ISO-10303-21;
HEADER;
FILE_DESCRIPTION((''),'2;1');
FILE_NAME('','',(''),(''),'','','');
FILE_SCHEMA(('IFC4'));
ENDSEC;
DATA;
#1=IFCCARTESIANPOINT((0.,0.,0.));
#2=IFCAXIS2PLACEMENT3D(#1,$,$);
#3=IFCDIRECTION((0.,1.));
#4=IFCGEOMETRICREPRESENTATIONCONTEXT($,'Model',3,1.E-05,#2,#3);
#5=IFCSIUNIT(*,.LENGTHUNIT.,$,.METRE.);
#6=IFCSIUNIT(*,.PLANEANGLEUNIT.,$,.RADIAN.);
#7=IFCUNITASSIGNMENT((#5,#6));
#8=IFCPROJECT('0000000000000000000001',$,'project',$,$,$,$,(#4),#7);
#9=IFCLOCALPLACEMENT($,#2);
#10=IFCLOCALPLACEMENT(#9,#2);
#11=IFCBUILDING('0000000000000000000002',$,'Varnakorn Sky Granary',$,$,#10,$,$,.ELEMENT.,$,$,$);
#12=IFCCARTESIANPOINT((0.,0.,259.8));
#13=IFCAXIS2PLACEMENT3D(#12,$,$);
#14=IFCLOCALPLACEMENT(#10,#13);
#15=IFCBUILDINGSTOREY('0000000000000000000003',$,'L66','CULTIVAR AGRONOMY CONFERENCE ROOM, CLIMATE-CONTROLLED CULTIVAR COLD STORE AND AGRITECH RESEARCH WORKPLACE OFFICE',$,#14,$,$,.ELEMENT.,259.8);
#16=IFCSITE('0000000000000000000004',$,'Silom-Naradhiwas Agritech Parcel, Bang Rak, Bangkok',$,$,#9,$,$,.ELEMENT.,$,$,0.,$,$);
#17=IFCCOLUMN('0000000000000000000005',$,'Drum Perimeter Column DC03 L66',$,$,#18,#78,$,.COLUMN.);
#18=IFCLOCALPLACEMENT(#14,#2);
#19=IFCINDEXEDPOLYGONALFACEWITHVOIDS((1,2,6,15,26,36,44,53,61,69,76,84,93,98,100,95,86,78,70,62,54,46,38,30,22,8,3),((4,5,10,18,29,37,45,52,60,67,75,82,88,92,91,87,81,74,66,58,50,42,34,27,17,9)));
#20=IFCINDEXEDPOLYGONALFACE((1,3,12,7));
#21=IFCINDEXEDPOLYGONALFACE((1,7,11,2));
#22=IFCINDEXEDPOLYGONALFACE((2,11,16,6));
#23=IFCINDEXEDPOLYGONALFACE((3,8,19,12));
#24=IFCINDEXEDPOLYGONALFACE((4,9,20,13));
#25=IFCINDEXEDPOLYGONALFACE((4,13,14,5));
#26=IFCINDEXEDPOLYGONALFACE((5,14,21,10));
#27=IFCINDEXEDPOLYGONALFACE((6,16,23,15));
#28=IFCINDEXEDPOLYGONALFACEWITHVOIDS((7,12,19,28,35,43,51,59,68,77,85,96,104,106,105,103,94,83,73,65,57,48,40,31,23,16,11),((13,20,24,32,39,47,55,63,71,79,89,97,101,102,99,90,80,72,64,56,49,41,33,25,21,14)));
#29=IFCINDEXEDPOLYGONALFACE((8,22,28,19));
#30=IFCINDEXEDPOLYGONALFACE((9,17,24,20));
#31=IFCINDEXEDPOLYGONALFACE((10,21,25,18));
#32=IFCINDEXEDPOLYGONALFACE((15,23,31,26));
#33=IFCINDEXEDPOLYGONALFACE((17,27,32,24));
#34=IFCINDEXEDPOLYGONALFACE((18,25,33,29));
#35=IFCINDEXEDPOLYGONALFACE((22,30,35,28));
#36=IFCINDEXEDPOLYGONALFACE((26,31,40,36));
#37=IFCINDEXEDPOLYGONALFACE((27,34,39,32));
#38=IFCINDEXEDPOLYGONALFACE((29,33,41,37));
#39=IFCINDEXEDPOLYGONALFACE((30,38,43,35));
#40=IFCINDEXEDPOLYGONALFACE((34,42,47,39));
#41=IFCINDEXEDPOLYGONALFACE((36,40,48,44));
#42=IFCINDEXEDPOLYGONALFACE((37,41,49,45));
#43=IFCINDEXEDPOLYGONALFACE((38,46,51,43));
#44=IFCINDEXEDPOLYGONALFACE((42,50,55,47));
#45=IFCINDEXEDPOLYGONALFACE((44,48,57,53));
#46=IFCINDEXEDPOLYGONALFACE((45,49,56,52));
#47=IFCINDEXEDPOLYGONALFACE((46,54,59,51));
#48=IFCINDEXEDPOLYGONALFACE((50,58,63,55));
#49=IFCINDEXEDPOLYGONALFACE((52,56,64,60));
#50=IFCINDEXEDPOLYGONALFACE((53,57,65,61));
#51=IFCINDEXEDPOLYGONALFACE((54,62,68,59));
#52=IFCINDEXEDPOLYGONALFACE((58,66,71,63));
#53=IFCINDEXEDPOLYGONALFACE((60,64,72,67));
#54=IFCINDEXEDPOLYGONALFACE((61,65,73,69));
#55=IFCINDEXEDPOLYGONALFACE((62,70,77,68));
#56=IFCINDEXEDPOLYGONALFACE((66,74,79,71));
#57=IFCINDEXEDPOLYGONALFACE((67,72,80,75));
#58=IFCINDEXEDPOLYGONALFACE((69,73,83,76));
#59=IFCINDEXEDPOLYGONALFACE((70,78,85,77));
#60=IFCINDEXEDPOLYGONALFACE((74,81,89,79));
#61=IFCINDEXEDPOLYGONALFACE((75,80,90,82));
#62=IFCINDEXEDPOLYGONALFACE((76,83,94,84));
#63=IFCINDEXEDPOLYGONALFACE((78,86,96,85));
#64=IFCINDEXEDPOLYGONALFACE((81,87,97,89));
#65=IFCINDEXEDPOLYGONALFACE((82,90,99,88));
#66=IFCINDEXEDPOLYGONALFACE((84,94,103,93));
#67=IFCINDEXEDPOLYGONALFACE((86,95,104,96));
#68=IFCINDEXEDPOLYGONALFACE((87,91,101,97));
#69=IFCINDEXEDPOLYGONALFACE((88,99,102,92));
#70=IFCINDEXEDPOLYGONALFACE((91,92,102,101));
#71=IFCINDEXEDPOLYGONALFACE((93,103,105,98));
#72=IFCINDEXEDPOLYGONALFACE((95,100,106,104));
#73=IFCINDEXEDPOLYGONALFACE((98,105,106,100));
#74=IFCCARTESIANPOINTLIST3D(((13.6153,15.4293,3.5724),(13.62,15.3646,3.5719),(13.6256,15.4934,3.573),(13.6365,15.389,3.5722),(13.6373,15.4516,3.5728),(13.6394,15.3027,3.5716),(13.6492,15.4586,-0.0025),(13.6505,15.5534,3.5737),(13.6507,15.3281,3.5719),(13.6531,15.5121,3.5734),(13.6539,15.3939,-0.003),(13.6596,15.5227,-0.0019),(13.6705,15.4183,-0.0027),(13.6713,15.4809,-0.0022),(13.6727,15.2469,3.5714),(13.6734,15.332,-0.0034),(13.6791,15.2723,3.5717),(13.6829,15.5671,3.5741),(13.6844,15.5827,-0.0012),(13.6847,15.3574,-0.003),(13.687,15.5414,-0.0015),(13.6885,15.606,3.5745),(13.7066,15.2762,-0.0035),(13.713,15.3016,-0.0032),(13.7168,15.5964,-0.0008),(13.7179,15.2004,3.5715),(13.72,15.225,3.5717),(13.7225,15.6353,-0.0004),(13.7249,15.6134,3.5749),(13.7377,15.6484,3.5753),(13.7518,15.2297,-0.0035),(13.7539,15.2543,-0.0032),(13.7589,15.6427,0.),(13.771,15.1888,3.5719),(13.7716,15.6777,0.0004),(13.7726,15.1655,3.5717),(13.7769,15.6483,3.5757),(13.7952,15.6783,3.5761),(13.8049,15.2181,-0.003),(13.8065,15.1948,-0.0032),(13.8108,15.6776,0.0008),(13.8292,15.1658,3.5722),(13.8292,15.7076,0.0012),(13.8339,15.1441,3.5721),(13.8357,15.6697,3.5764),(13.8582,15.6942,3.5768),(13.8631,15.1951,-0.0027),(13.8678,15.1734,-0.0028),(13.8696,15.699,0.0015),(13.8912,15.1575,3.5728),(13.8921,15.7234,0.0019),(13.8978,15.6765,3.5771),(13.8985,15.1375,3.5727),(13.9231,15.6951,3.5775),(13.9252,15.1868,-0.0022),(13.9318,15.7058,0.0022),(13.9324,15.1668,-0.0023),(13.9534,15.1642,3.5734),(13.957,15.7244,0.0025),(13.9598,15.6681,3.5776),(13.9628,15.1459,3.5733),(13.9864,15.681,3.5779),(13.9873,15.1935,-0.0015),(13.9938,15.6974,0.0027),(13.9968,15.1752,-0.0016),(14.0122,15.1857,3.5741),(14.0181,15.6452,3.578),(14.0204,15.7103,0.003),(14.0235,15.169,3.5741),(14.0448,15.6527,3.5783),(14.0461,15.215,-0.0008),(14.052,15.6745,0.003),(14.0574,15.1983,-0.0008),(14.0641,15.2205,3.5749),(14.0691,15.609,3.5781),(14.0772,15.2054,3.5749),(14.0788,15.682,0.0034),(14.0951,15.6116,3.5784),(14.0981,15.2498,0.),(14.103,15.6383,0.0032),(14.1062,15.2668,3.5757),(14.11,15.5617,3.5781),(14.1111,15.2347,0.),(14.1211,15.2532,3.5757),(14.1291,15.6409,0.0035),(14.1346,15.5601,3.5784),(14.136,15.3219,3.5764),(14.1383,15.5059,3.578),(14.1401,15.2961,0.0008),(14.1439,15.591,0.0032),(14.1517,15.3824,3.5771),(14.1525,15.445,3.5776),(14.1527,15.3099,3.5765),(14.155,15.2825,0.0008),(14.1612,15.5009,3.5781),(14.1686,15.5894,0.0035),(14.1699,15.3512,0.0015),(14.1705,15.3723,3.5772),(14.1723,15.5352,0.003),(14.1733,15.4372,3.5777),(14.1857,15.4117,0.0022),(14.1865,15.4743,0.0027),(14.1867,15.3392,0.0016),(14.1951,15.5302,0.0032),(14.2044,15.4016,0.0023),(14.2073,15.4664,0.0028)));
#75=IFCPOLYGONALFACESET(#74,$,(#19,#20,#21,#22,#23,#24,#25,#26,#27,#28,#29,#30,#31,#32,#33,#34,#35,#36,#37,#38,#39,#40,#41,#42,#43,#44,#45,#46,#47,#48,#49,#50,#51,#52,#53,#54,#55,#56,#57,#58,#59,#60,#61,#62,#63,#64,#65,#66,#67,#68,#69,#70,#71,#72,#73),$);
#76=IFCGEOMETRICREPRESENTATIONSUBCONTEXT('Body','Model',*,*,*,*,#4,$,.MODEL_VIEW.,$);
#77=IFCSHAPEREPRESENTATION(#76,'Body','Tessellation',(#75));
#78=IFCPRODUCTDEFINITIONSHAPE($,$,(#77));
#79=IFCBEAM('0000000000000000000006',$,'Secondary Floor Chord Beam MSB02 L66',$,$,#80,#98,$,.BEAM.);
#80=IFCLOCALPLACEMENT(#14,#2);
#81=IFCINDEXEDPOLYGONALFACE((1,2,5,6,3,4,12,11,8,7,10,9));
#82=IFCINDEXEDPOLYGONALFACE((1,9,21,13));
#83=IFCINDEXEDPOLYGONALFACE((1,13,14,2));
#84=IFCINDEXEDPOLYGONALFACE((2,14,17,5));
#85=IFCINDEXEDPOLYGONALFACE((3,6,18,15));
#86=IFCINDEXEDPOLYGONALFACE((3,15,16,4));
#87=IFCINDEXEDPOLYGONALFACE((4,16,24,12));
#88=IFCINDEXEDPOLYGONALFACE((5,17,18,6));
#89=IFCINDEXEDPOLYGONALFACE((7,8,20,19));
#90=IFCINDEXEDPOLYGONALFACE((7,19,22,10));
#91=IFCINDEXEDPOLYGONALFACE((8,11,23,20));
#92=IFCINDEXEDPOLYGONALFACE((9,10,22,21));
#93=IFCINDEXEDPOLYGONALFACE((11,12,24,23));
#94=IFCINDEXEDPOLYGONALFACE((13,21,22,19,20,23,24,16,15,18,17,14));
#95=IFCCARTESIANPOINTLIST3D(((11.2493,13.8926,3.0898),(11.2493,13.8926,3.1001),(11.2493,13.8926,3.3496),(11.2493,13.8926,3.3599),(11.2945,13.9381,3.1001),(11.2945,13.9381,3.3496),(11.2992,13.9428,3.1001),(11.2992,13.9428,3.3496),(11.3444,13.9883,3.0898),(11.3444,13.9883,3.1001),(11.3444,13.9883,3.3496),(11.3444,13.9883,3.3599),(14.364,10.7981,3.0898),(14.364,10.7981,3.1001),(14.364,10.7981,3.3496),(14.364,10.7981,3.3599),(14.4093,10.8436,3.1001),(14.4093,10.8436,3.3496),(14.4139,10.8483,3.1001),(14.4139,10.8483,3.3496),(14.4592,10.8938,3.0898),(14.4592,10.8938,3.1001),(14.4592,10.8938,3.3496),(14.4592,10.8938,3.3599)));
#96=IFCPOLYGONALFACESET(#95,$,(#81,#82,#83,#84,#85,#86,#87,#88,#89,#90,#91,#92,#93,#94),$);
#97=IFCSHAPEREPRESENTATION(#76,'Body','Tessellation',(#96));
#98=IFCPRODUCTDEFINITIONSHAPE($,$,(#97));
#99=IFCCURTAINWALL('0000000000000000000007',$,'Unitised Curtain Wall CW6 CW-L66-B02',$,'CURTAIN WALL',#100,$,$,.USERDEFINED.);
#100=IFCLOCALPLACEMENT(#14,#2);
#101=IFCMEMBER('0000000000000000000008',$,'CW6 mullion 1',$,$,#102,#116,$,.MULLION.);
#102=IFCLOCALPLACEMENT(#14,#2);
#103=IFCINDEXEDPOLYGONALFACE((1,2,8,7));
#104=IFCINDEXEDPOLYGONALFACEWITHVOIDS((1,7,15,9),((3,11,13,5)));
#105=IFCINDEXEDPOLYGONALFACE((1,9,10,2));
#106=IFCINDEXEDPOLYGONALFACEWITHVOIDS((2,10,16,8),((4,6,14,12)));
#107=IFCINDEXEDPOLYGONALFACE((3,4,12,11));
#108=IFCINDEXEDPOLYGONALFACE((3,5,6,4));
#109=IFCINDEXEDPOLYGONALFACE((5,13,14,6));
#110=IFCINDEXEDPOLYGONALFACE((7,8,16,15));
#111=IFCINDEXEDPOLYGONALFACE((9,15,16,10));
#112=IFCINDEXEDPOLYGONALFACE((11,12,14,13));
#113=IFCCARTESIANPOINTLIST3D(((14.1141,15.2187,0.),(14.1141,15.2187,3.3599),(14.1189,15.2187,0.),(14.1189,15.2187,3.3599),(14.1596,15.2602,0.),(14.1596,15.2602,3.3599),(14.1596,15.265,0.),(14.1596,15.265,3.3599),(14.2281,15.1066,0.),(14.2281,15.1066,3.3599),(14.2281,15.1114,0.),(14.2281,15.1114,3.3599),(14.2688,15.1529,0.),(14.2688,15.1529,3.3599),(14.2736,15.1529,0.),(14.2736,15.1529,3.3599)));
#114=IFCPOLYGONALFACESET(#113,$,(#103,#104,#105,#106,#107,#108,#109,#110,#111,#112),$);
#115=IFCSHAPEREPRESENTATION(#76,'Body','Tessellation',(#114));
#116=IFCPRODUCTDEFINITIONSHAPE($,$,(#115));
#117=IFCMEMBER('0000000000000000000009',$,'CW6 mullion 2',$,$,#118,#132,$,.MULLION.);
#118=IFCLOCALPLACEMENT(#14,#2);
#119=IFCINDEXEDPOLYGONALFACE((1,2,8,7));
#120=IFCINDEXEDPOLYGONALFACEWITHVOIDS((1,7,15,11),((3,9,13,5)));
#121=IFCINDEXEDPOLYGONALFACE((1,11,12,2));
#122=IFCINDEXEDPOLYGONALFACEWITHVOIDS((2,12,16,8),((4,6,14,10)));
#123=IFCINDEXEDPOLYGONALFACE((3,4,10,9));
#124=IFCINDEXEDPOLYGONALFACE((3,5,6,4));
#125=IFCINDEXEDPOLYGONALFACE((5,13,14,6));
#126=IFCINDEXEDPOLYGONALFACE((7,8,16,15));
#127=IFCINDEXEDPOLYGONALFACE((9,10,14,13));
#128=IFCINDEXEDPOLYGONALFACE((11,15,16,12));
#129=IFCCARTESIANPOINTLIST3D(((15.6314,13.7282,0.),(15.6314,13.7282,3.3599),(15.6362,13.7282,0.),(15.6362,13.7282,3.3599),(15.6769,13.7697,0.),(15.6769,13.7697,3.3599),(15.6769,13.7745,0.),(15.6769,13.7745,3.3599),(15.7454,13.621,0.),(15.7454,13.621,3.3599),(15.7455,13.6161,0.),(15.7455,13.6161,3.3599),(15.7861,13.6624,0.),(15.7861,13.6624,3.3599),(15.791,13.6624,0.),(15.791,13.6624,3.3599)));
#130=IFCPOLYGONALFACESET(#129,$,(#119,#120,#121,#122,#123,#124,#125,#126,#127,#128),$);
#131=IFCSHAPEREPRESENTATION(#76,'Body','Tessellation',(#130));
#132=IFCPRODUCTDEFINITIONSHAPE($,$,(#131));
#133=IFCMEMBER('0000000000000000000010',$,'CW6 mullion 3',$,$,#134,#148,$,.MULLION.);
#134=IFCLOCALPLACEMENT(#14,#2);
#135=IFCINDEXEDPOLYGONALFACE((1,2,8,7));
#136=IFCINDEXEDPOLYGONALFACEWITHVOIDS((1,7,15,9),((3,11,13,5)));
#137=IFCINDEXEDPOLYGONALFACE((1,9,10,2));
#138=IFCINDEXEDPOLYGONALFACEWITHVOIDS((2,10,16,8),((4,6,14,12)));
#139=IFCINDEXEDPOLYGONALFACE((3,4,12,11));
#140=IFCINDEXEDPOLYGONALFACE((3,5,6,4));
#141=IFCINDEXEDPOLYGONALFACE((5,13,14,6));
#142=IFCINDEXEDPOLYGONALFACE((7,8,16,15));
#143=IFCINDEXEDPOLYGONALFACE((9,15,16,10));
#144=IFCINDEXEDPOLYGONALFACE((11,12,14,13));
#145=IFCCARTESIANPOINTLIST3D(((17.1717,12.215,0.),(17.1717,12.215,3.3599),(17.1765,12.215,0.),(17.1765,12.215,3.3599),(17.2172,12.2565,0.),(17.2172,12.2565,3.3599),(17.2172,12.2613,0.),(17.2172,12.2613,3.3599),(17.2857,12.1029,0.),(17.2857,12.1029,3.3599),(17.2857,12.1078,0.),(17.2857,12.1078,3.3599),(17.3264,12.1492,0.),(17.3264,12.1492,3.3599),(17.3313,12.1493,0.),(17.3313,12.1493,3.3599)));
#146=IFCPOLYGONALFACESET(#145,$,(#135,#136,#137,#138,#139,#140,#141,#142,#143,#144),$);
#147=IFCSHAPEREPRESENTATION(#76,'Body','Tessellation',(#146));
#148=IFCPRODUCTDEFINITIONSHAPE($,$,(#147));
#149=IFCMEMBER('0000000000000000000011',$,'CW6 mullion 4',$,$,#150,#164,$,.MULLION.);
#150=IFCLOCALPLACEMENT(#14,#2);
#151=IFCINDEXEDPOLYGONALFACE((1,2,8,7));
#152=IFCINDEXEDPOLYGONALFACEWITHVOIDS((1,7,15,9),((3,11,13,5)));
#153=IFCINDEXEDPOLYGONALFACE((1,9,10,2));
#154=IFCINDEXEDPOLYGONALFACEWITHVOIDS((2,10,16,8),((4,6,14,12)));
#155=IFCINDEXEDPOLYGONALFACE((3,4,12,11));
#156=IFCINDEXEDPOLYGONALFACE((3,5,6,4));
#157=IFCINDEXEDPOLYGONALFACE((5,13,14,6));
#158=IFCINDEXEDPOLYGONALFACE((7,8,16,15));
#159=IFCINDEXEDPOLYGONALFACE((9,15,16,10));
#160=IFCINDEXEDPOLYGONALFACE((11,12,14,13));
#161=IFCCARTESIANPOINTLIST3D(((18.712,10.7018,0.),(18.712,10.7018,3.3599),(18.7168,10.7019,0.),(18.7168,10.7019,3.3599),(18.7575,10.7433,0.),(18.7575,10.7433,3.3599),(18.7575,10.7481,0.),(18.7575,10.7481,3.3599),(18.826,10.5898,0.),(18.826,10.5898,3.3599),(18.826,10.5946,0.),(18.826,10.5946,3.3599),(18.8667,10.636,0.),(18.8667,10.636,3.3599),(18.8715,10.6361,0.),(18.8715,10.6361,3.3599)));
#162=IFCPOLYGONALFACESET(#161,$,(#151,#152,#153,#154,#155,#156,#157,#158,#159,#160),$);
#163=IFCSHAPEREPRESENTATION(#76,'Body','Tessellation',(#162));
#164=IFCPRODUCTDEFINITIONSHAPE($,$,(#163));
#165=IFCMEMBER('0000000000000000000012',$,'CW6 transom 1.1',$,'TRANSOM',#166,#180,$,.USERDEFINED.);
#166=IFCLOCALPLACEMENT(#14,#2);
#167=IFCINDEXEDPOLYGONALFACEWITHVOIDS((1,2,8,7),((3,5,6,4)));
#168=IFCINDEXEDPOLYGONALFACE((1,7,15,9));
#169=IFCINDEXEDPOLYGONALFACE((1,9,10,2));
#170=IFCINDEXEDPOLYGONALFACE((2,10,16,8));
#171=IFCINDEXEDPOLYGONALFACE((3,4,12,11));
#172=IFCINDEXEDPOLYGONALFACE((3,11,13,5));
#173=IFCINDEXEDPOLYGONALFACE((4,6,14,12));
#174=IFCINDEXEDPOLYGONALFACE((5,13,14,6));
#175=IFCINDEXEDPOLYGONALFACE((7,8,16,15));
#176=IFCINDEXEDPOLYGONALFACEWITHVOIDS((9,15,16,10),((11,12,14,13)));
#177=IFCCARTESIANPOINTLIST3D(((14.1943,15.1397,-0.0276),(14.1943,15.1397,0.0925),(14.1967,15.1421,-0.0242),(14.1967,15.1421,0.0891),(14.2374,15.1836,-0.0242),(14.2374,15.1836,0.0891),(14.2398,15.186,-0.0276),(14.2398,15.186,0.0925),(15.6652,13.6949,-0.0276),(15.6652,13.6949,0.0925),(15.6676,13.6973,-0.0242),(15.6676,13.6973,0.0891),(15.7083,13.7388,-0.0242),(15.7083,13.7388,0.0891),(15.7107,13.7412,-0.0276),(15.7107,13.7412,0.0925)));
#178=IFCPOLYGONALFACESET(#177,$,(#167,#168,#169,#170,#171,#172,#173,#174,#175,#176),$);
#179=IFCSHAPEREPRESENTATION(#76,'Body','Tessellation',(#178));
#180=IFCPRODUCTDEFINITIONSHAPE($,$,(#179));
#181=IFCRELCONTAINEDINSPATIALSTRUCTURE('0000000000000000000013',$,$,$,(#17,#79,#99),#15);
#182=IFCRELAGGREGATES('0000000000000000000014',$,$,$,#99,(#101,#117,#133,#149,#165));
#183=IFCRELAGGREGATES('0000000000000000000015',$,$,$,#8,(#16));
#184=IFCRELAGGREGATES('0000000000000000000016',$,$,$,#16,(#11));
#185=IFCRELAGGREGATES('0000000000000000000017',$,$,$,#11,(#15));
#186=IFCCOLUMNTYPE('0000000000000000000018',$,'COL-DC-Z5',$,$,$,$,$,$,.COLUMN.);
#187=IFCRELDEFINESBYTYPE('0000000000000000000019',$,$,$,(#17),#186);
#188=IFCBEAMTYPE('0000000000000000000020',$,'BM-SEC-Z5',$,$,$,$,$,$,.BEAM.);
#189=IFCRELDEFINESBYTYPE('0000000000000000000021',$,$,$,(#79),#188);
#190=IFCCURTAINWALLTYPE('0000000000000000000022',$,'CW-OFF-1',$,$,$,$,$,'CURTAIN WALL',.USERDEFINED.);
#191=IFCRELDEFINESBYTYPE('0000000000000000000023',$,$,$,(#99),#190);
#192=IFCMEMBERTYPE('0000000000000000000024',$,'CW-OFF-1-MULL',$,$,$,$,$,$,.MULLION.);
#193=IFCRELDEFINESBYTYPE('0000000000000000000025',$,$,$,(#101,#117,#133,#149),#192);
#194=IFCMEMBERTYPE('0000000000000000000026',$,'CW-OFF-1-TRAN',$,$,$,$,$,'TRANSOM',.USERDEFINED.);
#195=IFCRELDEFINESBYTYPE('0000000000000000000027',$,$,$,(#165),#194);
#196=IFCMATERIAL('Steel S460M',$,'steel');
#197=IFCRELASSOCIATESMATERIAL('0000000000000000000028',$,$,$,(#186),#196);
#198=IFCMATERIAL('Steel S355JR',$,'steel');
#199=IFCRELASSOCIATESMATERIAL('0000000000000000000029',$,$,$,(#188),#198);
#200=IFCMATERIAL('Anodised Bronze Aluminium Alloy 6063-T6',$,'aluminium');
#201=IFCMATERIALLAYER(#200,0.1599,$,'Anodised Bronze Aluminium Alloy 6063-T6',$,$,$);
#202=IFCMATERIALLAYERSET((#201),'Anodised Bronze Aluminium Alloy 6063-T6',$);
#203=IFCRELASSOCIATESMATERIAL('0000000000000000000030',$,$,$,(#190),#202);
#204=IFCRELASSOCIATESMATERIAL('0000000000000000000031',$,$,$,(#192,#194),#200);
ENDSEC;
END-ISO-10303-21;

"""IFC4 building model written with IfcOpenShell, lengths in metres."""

from ifc_helpers import new_model, si_unit, direction, frame, origin, origin_2d, place, context, subcontext, project, spatial, hollow_rectangle, hollow_circle, i_section, extrude, material, layer, layer_set, material_profile, profile_set, type_object, element, aggregate, save


model = new_model("IFC4")

# Units and contexts
model_context = context("Model", 3, precision=1e-05, world=origin(), true_north=direction((0.0, 1.0)))
body_context = subcontext(model_context, "Body", "Model", "MODEL_VIEW")
ifc_project = project(units=[si_unit("LENGTHUNIT", "METRE"), si_unit("PLANEANGLEUNIT", "RADIAN")], contexts=[model_context])

# Site, building, storey
site_placement = place(None, origin())
site = spatial("IfcSite", under=ifc_project, at=site_placement, Name="Silom-Naradhiwas Agritech Parcel, Bang Rak, Bangkok", CompositionType="ELEMENT", RefElevation=0.0)
building_placement = place(site_placement, origin())
building = spatial("IfcBuilding", under=site, at=building_placement, Name="Varnakorn Sky Granary", CompositionType="ELEMENT")
storey_placement = place(building_placement, frame((0.0, 0.0, 259.8)))
storey = spatial("IfcBuildingStorey", under=building, at=storey_placement, Name="L66", Description="CULTIVAR AGRONOMY CONFERENCE ROOM, CLIMATE-CONTROLLED CULTIVAR COLD STORE AND AGRITECH RESEARCH WORKPLACE OFFICE", CompositionType="ELEMENT", Elevation=259.8)

# Column
ifc_material_1 = material(Name="Steel S460M", Category="steel")
ifc_material_profile_1 = material_profile(ifc_material_1, hollow_circle(Radius=0.2795, WallThickness=0.02, at=origin_2d()), Name="CHS 559x20")
ifc_profile_set_1 = profile_set([ifc_material_profile_1], Name="Steel S460M")
column_type = type_object("IfcColumnType", Name="COL-DC-Z5", PredefinedType="COLUMN", material=ifc_profile_set_1)
column_placement = place(storey_placement, frame((13.9285, 15.4463, 0.0), z_axis=(-0.009492, -0.008194, 0.999921), x_axis=(0.653478, -0.756945, 0.0)))
element("IfcColumn", 1, at=column_placement, inside=storey, type_object=column_type, Name="Drum Perimeter Column DC03 L66", PredefinedType="COLUMN", context=body_context, shape_type="SweptSolid", body=[
    extrude(hollow_circle(Radius=0.2795, WallThickness=0.02, at=origin_2d()), origin(), (0.0, 0.0, 1.0), 3.5752),
])

# Beam
ifc_material_2 = material(Name="Steel S355JR", Category="steel")
ifc_material_profile_2 = material_profile(ifc_material_2, i_section(OverallWidth=0.135, OverallDepth=0.27, WebThickness=0.0066, FlangeThickness=0.0103, at=origin_2d()), Name="IPE 270")
ifc_profile_set_2 = profile_set([ifc_material_profile_2], Name="Steel S355JR")
beam_type = type_object("IfcBeamType", Name="BM-SEC-Z5", PredefinedType="BEAM", material=ifc_profile_set_2)
beam_placement = place(storey_placement, frame((14.4116, 10.8459, 3.2249), z_axis=(-0.709411, 0.704795, 0.0), x_axis=(-0.704795, -0.709411, 0.0)))
element("IfcBeam", 2, at=beam_placement, inside=storey, type_object=beam_type, Name="Secondary Floor Chord Beam MSB02 L66", PredefinedType="BEAM", context=body_context, shape_type="SweptSolid", body=[
    extrude(i_section(OverallWidth=0.135, OverallDepth=0.27, WebThickness=0.0066, FlangeThickness=0.0103, at=origin_2d()), origin(), (0.0, 0.0, 1.0), 4.3906),
])

# Curtain wall, members
ifc_material_3 = material(Name="Anodised Bronze Aluminium Alloy 6063-T6", Category="aluminium")
ifc_layer_1 = layer(ifc_material_3, 0.1599, Name="Anodised Bronze Aluminium Alloy 6063-T6")
ifc_layer_set_1 = layer_set([ifc_layer_1], Name="Anodised Bronze Aluminium Alloy 6063-T6")
curtain_wall_type = type_object("IfcCurtainWallType", Name="CW-OFF-1", ElementType="CURTAIN WALL", PredefinedType="USERDEFINED", material=ifc_layer_set_1)
curtain_wall_placement = place(storey_placement, origin())
curtain_wall = element("IfcCurtainWall", 3, at=curtain_wall_placement, inside=storey, type_object=curtain_wall_type, Name="Unitised Curtain Wall CW6 CW-L66-B02", ObjectType="CURTAIN WALL", PredefinedType="USERDEFINED")
ifc_material_profile_3 = material_profile(ifc_material_3, hollow_rectangle(XDim=0.0649, YDim=0.1599, WallThickness=0.0034, at=origin_2d()), Name="ALU MULL 65x160")
ifc_profile_set_3 = profile_set([ifc_material_profile_3], Name="Anodised Bronze Aluminium Alloy 6063-T6")
member_type_1 = type_object("IfcMemberType", Name="CW-OFF-1-MULL", PredefinedType="MULLION", material=ifc_profile_set_3)
member_1_placement = place(storey_placement, frame((14.1938, 15.1858, 0.0), z_axis=(0.0, 0.0, 1.0), x_axis=(0.700774, 0.713383, 0.0)))
member_1 = element("IfcMember", 4, at=member_1_placement, type_object=member_type_1, Name="CW6 mullion 1", PredefinedType="MULLION", context=body_context, shape_type="SweptSolid", body=[
    extrude(hollow_rectangle(XDim=0.0649, YDim=0.1599, WallThickness=0.0034, at=origin_2d()), origin(), (0.0, 0.0, 1.0), 3.3599),
])
member_2_placement = place(storey_placement, frame((15.7112, 13.6953, 0.0), z_axis=(0.0, 0.0, 1.0), x_axis=(0.700774, 0.713383, 0.0)))
member_2 = element("IfcMember", 5, at=member_2_placement, type_object=member_type_1, Name="CW6 mullion 2", PredefinedType="MULLION", context=body_context, shape_type="SweptSolid", body=[
    extrude(hollow_rectangle(XDim=0.0649, YDim=0.1599, WallThickness=0.0034, at=origin_2d()), origin(), (0.0, 0.0, 1.0), 3.3599),
])
member_3_placement = place(storey_placement, frame((17.2515, 12.1821, 0.0), z_axis=(0.0, 0.0, 1.0), x_axis=(0.700774, 0.713383, 0.0)))
member_3 = element("IfcMember", 6, at=member_3_placement, type_object=member_type_1, Name="CW6 mullion 3", PredefinedType="MULLION", context=body_context, shape_type="SweptSolid", body=[
    extrude(hollow_rectangle(XDim=0.0649, YDim=0.1599, WallThickness=0.0034, at=origin_2d()), origin(), (0.0, 0.0, 1.0), 3.3599),
])
member_4_placement = place(storey_placement, frame((18.7917, 10.6689, 0.0), z_axis=(0.0, 0.0, 1.0), x_axis=(0.700774, 0.713383, 0.0)))
member_4 = element("IfcMember", 7, at=member_4_placement, type_object=member_type_1, Name="CW6 mullion 4", PredefinedType="MULLION", context=body_context, shape_type="SweptSolid", body=[
    extrude(hollow_rectangle(XDim=0.0649, YDim=0.1599, WallThickness=0.0034, at=origin_2d()), origin(), (0.0, 0.0, 1.0), 3.3599),
])
ifc_material_profile_4 = material_profile(ifc_material_3, hollow_rectangle(XDim=0.0649, YDim=0.1201, WallThickness=0.0034, at=origin_2d()), Name="ALU TRAN 65x120")
ifc_profile_set_4 = profile_set([ifc_material_profile_4], Name="Anodised Bronze Aluminium Alloy 6063-T6")
member_type_2 = type_object("IfcMemberType", Name="CW-OFF-1-TRAN", ElementType="TRANSOM", PredefinedType="USERDEFINED", material=ifc_profile_set_4)
member_5_placement = place(storey_placement, frame((14.217, 15.1628, 0.0325), z_axis=(0.713413, -0.700744, 0.0), x_axis=(0.700744, 0.713413, 0.0)))
member_5 = element("IfcMember", 8, at=member_5_placement, type_object=member_type_2, Name="CW6 transom 1.1", ObjectType="TRANSOM", PredefinedType="USERDEFINED", context=body_context, shape_type="SweptSolid", body=[
    extrude(hollow_rectangle(XDim=0.0649, YDim=0.1201, WallThickness=0.0034, at=origin_2d()), origin(), (0.0, 0.0, 1.0), 2.0618),
])

aggregate(curtain_wall, [member_1, member_2, member_3, member_4, member_5])

save(model, "model.ifc")
